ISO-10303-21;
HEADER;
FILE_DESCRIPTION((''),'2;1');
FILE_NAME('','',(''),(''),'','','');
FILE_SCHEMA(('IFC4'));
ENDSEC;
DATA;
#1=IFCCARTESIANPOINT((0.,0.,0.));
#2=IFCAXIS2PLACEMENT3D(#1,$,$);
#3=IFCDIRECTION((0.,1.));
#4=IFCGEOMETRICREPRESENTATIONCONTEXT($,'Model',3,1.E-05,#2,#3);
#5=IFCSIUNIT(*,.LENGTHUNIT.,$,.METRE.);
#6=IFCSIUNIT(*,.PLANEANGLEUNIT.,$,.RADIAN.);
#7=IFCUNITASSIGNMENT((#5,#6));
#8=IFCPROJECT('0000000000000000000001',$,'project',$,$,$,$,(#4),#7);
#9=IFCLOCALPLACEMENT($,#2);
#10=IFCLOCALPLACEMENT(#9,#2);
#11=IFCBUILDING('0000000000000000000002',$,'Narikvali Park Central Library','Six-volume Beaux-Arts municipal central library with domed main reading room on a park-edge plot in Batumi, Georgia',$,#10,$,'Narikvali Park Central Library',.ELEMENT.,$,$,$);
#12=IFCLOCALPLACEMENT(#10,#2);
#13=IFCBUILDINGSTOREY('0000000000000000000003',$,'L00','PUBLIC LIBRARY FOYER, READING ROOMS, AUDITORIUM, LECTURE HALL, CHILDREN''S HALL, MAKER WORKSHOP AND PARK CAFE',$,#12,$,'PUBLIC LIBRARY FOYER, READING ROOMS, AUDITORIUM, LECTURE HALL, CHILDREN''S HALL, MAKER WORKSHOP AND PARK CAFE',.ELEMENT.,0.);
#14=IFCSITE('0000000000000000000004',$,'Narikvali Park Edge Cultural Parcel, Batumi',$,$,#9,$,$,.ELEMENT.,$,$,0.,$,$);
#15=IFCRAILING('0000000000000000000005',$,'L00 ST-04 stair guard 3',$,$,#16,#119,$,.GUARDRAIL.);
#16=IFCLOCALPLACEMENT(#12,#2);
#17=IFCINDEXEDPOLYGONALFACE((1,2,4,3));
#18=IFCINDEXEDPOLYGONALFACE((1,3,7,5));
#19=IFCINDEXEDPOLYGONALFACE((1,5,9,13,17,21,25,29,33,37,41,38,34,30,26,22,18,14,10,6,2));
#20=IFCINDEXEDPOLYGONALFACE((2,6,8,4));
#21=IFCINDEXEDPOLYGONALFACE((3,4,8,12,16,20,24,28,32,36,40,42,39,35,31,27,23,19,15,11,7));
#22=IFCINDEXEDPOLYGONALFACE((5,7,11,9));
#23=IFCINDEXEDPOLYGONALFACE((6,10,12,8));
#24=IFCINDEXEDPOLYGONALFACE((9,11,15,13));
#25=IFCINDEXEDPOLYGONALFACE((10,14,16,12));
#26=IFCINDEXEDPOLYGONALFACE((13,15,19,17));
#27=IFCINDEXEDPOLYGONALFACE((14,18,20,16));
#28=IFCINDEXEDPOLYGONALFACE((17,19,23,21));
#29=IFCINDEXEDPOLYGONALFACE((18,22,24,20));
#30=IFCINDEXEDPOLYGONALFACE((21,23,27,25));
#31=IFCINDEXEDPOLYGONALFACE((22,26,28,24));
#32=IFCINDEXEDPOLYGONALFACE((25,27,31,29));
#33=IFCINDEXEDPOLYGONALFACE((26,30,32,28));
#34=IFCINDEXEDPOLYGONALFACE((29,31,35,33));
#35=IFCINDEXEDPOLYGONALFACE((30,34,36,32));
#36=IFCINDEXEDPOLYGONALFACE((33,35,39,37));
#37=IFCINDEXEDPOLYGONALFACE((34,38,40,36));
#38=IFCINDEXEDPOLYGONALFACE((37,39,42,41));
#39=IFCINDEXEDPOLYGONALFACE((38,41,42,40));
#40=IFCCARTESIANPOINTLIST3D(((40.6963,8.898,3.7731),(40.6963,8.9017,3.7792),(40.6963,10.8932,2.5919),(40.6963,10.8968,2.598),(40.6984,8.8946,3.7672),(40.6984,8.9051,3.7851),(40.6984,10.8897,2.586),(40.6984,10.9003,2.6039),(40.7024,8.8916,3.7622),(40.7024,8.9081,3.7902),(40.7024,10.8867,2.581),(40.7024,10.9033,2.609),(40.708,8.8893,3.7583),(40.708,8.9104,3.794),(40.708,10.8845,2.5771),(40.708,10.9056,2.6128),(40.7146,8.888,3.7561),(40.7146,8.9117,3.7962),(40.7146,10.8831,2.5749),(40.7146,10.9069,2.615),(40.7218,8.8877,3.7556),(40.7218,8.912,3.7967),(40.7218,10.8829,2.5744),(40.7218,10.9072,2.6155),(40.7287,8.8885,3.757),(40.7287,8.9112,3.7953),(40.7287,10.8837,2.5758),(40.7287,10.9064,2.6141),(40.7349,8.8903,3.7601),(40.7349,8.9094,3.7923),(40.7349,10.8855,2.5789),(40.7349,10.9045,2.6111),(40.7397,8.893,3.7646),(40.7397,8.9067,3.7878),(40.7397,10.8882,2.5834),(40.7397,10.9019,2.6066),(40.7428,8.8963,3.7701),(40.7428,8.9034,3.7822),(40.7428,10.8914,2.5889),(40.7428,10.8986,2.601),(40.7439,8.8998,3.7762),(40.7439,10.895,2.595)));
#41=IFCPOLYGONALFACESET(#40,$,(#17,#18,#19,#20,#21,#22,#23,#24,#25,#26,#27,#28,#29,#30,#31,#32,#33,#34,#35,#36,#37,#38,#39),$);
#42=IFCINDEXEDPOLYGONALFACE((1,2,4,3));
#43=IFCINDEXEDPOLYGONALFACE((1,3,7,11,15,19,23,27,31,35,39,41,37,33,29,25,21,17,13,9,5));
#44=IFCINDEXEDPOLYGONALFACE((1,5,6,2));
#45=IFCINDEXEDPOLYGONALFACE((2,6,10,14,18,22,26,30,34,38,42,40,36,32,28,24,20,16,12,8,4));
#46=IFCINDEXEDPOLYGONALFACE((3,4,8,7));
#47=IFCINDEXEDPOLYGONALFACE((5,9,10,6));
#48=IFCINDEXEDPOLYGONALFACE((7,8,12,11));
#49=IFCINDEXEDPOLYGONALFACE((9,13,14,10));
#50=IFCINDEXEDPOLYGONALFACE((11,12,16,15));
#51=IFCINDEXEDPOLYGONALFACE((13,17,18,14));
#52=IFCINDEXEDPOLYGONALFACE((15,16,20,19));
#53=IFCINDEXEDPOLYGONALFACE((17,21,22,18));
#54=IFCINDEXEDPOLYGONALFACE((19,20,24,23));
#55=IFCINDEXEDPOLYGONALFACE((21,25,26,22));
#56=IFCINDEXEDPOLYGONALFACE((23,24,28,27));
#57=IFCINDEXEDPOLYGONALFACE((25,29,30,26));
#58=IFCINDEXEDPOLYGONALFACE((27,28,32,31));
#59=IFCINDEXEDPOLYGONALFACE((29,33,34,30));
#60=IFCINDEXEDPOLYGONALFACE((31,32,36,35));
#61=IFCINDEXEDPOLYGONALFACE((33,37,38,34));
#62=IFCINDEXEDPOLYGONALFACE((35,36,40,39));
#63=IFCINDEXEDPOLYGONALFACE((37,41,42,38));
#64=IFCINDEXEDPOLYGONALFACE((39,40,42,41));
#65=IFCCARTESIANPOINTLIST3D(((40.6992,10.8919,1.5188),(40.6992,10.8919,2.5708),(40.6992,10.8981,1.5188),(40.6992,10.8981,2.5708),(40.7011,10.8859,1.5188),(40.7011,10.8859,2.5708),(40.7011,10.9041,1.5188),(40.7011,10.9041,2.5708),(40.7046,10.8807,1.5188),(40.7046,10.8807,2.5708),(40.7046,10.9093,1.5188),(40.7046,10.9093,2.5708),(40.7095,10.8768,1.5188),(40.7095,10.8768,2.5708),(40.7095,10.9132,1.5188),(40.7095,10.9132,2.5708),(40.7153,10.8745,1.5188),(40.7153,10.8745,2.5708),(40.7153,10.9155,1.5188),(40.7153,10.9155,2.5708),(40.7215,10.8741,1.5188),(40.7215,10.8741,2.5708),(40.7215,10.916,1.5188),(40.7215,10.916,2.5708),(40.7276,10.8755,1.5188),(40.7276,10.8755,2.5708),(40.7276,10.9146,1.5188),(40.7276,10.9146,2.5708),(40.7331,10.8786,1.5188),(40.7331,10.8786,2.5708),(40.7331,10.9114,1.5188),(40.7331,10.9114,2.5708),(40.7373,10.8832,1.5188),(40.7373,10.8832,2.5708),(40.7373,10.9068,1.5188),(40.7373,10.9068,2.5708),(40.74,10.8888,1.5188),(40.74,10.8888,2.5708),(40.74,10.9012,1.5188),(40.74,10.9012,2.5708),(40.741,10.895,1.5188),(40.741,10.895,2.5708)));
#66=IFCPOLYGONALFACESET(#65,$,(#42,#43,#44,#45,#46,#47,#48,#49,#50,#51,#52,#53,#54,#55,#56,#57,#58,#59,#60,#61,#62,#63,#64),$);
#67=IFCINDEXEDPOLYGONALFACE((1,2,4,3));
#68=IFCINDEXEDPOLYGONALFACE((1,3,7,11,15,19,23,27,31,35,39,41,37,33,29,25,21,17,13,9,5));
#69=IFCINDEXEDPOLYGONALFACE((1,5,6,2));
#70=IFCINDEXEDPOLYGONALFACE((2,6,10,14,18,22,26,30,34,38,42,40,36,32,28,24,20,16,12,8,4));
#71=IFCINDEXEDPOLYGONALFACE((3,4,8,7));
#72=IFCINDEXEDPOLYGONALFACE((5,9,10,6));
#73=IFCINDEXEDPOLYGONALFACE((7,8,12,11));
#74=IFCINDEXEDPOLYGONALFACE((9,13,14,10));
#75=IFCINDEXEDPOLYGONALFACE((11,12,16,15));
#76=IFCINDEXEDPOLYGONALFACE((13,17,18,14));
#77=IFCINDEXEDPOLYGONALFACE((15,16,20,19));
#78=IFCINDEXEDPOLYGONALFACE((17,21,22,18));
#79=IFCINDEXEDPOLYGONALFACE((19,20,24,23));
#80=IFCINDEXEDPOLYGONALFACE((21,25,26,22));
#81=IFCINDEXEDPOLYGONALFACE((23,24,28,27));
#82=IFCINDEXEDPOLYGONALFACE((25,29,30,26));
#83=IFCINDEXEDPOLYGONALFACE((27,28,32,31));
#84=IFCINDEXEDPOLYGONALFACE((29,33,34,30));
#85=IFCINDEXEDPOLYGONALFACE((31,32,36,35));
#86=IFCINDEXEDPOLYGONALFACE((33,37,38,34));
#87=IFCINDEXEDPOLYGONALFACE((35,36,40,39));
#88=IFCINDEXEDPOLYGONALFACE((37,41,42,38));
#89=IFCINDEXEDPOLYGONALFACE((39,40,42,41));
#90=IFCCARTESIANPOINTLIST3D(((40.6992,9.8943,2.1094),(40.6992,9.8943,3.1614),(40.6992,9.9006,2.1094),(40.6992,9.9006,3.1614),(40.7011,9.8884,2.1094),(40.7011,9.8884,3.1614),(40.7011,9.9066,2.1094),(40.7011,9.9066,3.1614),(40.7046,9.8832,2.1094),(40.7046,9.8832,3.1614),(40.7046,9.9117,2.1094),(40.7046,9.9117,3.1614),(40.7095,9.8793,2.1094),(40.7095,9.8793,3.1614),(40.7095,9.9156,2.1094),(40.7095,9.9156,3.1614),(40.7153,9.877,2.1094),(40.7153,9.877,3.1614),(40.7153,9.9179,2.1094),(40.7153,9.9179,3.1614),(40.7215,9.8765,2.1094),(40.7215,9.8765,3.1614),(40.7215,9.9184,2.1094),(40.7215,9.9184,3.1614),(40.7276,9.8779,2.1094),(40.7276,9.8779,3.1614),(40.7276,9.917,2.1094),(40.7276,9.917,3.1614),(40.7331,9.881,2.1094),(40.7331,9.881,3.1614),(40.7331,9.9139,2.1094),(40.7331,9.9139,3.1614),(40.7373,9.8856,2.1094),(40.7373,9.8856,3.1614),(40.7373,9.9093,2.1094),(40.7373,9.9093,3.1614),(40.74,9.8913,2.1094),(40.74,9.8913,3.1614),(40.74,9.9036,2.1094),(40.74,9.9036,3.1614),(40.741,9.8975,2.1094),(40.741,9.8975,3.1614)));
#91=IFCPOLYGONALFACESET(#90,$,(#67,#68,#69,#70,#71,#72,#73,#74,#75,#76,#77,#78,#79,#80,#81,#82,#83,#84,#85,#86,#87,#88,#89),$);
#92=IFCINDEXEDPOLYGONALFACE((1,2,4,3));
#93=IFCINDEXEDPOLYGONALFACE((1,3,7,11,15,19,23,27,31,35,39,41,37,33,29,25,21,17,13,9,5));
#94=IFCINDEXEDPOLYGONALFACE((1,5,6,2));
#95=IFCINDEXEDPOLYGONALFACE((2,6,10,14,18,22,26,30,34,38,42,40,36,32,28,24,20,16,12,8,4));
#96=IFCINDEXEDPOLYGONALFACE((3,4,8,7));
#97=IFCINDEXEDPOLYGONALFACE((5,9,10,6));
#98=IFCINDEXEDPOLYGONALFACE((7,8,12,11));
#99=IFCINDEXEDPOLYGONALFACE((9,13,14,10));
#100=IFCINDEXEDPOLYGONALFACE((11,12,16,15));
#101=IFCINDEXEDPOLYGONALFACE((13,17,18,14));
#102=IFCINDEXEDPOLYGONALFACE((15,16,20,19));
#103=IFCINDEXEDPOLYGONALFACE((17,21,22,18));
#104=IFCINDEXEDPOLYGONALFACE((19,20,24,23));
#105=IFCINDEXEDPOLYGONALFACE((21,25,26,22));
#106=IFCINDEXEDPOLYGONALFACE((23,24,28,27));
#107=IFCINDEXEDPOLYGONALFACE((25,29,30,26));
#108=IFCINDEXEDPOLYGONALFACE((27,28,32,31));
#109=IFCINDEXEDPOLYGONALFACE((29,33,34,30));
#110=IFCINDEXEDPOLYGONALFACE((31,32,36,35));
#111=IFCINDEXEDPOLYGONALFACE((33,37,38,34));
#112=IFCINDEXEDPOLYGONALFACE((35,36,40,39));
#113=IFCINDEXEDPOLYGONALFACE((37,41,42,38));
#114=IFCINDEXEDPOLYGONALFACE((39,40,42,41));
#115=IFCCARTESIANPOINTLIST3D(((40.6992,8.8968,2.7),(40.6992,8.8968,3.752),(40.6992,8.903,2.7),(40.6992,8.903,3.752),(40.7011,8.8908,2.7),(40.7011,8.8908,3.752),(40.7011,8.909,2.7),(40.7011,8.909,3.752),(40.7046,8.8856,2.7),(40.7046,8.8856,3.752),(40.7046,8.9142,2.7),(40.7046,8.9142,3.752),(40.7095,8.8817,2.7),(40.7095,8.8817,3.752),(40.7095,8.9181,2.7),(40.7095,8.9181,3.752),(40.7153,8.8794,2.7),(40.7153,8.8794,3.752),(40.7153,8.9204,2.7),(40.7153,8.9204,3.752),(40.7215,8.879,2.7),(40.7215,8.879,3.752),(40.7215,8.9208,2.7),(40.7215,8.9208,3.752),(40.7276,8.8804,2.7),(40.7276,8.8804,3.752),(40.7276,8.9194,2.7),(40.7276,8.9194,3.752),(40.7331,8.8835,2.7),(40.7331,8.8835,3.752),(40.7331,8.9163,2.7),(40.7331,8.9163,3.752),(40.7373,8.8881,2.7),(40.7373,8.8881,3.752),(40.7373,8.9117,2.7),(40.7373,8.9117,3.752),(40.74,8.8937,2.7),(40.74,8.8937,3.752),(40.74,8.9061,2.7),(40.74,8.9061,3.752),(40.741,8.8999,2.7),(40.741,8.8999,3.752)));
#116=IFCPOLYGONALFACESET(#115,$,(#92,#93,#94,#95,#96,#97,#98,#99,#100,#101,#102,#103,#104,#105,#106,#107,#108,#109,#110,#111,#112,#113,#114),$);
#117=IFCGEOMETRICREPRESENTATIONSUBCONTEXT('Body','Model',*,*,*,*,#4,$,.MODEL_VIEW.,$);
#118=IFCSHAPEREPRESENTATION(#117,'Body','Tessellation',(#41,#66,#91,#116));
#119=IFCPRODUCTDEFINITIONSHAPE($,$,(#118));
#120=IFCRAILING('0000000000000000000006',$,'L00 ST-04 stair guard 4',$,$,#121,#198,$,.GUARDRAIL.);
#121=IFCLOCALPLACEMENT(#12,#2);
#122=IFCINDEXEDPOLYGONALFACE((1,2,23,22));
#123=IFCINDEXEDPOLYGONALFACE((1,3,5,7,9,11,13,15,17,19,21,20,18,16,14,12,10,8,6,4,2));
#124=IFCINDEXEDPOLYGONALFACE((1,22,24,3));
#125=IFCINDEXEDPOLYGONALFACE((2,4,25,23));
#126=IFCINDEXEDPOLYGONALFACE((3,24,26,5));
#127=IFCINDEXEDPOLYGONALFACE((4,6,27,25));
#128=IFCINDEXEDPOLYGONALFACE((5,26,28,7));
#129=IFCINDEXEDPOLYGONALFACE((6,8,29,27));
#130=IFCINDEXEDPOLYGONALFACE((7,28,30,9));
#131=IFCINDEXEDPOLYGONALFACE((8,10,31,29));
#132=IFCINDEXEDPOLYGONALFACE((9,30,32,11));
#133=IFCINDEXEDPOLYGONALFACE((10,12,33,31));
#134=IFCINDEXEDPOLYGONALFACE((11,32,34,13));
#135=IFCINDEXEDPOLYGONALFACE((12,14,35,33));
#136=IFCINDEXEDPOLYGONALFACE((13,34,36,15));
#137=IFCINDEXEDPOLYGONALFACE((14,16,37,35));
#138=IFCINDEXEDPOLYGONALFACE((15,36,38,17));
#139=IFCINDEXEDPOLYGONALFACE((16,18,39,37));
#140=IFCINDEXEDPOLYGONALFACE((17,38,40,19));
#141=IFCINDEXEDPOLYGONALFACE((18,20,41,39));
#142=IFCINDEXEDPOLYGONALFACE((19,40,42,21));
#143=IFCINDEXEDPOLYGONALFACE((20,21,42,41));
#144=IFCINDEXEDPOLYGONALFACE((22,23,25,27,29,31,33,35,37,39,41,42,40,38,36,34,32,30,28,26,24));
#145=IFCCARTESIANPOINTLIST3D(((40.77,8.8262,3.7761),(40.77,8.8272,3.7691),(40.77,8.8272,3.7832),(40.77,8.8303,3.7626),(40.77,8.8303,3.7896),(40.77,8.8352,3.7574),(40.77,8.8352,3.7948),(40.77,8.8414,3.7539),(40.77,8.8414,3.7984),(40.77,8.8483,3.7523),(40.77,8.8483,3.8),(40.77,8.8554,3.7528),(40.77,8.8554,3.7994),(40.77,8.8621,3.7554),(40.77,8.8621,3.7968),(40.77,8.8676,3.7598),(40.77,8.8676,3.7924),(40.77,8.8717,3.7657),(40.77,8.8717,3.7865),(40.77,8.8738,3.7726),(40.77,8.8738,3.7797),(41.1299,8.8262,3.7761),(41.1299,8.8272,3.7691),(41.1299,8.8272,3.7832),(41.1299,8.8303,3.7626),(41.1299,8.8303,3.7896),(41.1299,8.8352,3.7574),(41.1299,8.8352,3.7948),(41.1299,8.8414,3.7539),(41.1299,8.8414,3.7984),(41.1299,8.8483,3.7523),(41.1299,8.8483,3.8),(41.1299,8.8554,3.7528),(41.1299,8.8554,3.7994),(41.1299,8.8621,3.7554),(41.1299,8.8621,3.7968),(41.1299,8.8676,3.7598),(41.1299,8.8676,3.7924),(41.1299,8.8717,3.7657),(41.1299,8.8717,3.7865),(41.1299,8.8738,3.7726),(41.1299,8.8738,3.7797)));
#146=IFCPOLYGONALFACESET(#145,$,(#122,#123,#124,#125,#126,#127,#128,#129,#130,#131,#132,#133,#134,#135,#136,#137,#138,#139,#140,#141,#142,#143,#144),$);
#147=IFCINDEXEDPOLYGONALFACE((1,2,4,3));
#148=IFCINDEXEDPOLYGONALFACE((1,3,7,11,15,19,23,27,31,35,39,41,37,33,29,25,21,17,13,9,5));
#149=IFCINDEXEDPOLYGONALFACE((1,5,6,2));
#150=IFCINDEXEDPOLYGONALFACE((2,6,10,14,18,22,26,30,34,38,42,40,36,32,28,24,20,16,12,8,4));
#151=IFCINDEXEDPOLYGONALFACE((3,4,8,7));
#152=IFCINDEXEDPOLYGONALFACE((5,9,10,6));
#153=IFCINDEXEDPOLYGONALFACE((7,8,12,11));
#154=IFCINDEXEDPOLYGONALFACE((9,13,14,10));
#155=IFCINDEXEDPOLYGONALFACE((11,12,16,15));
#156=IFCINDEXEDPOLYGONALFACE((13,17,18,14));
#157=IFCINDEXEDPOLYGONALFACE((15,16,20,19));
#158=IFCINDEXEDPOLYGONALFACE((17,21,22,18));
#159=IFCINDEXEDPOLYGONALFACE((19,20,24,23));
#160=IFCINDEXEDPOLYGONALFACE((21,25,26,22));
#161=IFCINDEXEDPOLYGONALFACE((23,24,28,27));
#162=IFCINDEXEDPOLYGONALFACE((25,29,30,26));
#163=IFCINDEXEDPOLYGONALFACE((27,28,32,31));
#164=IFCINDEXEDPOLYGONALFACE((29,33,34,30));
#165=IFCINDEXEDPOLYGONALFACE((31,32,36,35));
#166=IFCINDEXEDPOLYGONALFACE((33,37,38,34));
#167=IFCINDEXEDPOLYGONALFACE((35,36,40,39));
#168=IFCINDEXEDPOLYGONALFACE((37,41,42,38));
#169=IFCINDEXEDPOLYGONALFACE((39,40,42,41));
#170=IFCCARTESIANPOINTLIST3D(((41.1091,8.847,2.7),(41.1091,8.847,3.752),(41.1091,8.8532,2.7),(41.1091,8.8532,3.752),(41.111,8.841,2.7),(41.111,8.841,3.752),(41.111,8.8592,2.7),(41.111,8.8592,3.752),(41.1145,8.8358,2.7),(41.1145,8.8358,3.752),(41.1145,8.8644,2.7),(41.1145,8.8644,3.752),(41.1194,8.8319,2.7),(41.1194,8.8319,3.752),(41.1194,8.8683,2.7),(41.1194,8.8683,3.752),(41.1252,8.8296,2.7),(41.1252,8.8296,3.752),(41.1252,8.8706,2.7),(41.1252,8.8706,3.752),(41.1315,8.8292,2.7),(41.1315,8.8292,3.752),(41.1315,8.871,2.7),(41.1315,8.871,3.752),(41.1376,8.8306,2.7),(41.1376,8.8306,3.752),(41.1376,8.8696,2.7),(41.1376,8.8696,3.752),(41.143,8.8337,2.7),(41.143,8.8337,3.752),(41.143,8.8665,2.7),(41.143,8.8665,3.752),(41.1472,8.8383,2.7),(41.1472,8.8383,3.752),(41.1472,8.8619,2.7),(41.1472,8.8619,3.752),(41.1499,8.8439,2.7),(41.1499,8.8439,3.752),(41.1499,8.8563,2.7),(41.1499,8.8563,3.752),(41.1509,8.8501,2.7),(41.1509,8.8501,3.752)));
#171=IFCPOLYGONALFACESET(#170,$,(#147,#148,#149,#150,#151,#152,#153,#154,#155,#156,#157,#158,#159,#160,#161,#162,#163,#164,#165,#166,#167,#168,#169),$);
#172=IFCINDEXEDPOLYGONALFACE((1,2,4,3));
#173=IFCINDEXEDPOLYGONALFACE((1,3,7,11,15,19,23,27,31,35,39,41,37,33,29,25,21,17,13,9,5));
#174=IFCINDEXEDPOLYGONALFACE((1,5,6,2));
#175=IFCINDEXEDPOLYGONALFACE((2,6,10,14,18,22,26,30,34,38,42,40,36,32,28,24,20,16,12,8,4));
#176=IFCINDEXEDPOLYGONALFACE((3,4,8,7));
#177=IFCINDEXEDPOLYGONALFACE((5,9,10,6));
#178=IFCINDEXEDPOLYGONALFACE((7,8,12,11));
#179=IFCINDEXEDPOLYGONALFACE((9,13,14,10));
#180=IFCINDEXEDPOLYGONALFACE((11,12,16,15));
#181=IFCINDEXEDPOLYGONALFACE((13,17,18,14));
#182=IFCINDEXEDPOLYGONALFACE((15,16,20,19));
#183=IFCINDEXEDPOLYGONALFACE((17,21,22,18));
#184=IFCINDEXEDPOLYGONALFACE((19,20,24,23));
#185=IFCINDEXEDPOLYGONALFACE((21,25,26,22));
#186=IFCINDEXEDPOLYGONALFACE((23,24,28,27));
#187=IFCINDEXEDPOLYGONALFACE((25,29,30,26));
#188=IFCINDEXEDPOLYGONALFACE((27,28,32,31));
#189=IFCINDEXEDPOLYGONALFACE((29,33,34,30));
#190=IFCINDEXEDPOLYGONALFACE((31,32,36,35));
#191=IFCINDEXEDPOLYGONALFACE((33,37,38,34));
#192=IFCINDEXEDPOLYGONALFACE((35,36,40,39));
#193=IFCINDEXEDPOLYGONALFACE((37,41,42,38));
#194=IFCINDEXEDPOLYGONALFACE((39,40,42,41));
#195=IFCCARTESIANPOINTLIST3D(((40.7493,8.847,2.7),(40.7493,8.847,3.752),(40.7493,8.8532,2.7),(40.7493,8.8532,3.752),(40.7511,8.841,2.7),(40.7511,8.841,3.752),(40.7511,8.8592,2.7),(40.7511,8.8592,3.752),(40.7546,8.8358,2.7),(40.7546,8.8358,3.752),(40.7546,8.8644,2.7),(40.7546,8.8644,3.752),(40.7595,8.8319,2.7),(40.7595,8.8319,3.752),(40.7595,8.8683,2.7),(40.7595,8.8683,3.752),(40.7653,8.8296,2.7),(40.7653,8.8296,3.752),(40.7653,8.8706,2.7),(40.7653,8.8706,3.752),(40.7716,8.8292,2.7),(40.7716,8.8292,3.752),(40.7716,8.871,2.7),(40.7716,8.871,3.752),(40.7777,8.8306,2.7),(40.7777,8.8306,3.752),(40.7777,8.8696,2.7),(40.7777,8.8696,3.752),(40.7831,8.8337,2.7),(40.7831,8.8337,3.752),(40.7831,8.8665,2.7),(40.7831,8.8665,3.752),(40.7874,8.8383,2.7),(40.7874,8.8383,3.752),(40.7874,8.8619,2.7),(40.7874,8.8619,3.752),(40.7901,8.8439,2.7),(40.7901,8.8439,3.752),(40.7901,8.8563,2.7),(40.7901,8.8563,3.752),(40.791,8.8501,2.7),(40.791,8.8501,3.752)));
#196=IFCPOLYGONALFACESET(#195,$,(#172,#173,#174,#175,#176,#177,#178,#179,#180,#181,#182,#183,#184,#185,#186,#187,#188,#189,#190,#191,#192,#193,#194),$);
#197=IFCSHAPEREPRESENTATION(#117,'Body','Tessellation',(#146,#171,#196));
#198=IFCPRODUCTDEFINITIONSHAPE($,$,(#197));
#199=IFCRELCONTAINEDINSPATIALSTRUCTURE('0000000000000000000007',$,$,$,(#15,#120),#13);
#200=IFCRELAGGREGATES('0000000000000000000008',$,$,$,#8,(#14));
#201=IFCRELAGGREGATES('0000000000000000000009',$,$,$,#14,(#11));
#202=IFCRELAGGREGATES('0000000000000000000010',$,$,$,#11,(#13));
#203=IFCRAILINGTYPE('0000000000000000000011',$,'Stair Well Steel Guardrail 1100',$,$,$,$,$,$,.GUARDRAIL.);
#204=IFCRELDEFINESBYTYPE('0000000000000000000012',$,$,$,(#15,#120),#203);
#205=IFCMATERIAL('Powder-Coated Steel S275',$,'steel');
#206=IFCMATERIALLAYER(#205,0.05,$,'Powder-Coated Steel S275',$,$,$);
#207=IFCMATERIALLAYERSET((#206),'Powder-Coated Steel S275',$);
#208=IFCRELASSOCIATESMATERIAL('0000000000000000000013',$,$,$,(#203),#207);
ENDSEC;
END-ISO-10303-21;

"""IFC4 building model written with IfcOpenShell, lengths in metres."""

from ifc_helpers import new_model, si_unit, direction, frame, origin, origin_2d, place, context, subcontext, project, spatial, circle, extrude, material, layer, layer_set, type_object, element, save


model = new_model("IFC4")

# Units and contexts
model_context = context("Model", 3, precision=1e-05, world=origin(), true_north=direction((0.0, 1.0)))
body_context = subcontext(model_context, "Body", "Model", "MODEL_VIEW")
ifc_project = project(units=[si_unit("LENGTHUNIT", "METRE"), si_unit("PLANEANGLEUNIT", "RADIAN")], contexts=[model_context])

# Site, building, storey
site_placement = place(None, origin())
site = spatial("IfcSite", under=ifc_project, at=site_placement, Name="Narikvali Park Edge Cultural Parcel, Batumi", CompositionType="ELEMENT", RefElevation=0.0)
building_placement = place(site_placement, origin())
building = spatial("IfcBuilding", under=site, at=building_placement, Name="Narikvali Park Central Library", Description="Six-volume Beaux-Arts municipal central library with domed main reading room on a park-edge plot in Batumi, Georgia", LongName="Narikvali Park Central Library", CompositionType="ELEMENT")
storey_placement = place(building_placement, origin())
storey = spatial("IfcBuildingStorey", under=building, at=storey_placement, Name="L00", Description="PUBLIC LIBRARY FOYER, READING ROOMS, AUDITORIUM, LECTURE HALL, CHILDREN'S HALL, MAKER WORKSHOP AND PARK CAFE", LongName="PUBLIC LIBRARY FOYER, READING ROOMS, AUDITORIUM, LECTURE HALL, CHILDREN'S HALL, MAKER WORKSHOP AND PARK CAFE", CompositionType="ELEMENT", Elevation=0.0)

# Railings
ifc_material_1 = material(Name="Powder-Coated Steel S275", Category="steel")
ifc_layer_1 = layer(ifc_material_1, 0.05, Name="Powder-Coated Steel S275")
ifc_layer_set_1 = layer_set([ifc_layer_1], Name="Powder-Coated Steel S275")
railing_type_1 = type_object("IfcRailingType", Name="Stair Well Steel Guardrail 1100", PredefinedType="GUARDRAIL", material=ifc_layer_set_1)
railing_1_placement = place(storey_placement, frame((40.72, 10.895, 1.5188)))
element("IfcRailing", 1, at=railing_1_placement, inside=storey, type_object=railing_type_1, Name="L00 ST-04 stair guard 3", PredefinedType="GUARDRAIL", context=body_context, shape_type="SweptSolid", body=[
    extrude(circle(Radius=0.0239, at=origin_2d()), frame((0.0, 0.0, 1.0762), z_axis=(0.0, -0.860507, 0.509439), x_axis=(1.0, 0.0, 0.0)), (0.0, 0.0, 1.0), 2.3186),
    extrude(circle(Radius=0.021, at=origin_2d()), origin(), (0.0, 0.0, 1.0), 1.052),
    extrude(circle(Radius=0.021, at=origin_2d()), frame((0.0, -0.9976, 0.5906)), (0.0, 0.0, 1.0), 1.052),
    extrude(circle(Radius=0.021, at=origin_2d()), frame((0.0, -1.9951, 1.1812)), (0.0, 0.0, 1.0), 1.052),
])
railing_2_placement = place(storey_placement, frame((41.1299, 8.8501, 2.7)))
element("IfcRailing", 2, at=railing_2_placement, inside=storey, type_object=railing_type_1, Name="L00 ST-04 stair guard 4", PredefinedType="GUARDRAIL", context=body_context, shape_type="SweptSolid", body=[
    extrude(circle(Radius=0.0239, at=origin_2d()), frame((0.0, 0.0, 1.0762), z_axis=(-1.0, 0.0, 0.0), x_axis=(0.0, -1.0, 0.0)), (0.0, 0.0, 1.0), 0.3599),
    extrude(circle(Radius=0.021, at=origin_2d()), origin(), (0.0, 0.0, 1.0), 1.052),
    extrude(circle(Radius=0.021, at=origin_2d()), frame((-0.3599, 0.0, 0.0)), (0.0, 0.0, 1.0), 1.052),
])

save(model, "model.ifc")
